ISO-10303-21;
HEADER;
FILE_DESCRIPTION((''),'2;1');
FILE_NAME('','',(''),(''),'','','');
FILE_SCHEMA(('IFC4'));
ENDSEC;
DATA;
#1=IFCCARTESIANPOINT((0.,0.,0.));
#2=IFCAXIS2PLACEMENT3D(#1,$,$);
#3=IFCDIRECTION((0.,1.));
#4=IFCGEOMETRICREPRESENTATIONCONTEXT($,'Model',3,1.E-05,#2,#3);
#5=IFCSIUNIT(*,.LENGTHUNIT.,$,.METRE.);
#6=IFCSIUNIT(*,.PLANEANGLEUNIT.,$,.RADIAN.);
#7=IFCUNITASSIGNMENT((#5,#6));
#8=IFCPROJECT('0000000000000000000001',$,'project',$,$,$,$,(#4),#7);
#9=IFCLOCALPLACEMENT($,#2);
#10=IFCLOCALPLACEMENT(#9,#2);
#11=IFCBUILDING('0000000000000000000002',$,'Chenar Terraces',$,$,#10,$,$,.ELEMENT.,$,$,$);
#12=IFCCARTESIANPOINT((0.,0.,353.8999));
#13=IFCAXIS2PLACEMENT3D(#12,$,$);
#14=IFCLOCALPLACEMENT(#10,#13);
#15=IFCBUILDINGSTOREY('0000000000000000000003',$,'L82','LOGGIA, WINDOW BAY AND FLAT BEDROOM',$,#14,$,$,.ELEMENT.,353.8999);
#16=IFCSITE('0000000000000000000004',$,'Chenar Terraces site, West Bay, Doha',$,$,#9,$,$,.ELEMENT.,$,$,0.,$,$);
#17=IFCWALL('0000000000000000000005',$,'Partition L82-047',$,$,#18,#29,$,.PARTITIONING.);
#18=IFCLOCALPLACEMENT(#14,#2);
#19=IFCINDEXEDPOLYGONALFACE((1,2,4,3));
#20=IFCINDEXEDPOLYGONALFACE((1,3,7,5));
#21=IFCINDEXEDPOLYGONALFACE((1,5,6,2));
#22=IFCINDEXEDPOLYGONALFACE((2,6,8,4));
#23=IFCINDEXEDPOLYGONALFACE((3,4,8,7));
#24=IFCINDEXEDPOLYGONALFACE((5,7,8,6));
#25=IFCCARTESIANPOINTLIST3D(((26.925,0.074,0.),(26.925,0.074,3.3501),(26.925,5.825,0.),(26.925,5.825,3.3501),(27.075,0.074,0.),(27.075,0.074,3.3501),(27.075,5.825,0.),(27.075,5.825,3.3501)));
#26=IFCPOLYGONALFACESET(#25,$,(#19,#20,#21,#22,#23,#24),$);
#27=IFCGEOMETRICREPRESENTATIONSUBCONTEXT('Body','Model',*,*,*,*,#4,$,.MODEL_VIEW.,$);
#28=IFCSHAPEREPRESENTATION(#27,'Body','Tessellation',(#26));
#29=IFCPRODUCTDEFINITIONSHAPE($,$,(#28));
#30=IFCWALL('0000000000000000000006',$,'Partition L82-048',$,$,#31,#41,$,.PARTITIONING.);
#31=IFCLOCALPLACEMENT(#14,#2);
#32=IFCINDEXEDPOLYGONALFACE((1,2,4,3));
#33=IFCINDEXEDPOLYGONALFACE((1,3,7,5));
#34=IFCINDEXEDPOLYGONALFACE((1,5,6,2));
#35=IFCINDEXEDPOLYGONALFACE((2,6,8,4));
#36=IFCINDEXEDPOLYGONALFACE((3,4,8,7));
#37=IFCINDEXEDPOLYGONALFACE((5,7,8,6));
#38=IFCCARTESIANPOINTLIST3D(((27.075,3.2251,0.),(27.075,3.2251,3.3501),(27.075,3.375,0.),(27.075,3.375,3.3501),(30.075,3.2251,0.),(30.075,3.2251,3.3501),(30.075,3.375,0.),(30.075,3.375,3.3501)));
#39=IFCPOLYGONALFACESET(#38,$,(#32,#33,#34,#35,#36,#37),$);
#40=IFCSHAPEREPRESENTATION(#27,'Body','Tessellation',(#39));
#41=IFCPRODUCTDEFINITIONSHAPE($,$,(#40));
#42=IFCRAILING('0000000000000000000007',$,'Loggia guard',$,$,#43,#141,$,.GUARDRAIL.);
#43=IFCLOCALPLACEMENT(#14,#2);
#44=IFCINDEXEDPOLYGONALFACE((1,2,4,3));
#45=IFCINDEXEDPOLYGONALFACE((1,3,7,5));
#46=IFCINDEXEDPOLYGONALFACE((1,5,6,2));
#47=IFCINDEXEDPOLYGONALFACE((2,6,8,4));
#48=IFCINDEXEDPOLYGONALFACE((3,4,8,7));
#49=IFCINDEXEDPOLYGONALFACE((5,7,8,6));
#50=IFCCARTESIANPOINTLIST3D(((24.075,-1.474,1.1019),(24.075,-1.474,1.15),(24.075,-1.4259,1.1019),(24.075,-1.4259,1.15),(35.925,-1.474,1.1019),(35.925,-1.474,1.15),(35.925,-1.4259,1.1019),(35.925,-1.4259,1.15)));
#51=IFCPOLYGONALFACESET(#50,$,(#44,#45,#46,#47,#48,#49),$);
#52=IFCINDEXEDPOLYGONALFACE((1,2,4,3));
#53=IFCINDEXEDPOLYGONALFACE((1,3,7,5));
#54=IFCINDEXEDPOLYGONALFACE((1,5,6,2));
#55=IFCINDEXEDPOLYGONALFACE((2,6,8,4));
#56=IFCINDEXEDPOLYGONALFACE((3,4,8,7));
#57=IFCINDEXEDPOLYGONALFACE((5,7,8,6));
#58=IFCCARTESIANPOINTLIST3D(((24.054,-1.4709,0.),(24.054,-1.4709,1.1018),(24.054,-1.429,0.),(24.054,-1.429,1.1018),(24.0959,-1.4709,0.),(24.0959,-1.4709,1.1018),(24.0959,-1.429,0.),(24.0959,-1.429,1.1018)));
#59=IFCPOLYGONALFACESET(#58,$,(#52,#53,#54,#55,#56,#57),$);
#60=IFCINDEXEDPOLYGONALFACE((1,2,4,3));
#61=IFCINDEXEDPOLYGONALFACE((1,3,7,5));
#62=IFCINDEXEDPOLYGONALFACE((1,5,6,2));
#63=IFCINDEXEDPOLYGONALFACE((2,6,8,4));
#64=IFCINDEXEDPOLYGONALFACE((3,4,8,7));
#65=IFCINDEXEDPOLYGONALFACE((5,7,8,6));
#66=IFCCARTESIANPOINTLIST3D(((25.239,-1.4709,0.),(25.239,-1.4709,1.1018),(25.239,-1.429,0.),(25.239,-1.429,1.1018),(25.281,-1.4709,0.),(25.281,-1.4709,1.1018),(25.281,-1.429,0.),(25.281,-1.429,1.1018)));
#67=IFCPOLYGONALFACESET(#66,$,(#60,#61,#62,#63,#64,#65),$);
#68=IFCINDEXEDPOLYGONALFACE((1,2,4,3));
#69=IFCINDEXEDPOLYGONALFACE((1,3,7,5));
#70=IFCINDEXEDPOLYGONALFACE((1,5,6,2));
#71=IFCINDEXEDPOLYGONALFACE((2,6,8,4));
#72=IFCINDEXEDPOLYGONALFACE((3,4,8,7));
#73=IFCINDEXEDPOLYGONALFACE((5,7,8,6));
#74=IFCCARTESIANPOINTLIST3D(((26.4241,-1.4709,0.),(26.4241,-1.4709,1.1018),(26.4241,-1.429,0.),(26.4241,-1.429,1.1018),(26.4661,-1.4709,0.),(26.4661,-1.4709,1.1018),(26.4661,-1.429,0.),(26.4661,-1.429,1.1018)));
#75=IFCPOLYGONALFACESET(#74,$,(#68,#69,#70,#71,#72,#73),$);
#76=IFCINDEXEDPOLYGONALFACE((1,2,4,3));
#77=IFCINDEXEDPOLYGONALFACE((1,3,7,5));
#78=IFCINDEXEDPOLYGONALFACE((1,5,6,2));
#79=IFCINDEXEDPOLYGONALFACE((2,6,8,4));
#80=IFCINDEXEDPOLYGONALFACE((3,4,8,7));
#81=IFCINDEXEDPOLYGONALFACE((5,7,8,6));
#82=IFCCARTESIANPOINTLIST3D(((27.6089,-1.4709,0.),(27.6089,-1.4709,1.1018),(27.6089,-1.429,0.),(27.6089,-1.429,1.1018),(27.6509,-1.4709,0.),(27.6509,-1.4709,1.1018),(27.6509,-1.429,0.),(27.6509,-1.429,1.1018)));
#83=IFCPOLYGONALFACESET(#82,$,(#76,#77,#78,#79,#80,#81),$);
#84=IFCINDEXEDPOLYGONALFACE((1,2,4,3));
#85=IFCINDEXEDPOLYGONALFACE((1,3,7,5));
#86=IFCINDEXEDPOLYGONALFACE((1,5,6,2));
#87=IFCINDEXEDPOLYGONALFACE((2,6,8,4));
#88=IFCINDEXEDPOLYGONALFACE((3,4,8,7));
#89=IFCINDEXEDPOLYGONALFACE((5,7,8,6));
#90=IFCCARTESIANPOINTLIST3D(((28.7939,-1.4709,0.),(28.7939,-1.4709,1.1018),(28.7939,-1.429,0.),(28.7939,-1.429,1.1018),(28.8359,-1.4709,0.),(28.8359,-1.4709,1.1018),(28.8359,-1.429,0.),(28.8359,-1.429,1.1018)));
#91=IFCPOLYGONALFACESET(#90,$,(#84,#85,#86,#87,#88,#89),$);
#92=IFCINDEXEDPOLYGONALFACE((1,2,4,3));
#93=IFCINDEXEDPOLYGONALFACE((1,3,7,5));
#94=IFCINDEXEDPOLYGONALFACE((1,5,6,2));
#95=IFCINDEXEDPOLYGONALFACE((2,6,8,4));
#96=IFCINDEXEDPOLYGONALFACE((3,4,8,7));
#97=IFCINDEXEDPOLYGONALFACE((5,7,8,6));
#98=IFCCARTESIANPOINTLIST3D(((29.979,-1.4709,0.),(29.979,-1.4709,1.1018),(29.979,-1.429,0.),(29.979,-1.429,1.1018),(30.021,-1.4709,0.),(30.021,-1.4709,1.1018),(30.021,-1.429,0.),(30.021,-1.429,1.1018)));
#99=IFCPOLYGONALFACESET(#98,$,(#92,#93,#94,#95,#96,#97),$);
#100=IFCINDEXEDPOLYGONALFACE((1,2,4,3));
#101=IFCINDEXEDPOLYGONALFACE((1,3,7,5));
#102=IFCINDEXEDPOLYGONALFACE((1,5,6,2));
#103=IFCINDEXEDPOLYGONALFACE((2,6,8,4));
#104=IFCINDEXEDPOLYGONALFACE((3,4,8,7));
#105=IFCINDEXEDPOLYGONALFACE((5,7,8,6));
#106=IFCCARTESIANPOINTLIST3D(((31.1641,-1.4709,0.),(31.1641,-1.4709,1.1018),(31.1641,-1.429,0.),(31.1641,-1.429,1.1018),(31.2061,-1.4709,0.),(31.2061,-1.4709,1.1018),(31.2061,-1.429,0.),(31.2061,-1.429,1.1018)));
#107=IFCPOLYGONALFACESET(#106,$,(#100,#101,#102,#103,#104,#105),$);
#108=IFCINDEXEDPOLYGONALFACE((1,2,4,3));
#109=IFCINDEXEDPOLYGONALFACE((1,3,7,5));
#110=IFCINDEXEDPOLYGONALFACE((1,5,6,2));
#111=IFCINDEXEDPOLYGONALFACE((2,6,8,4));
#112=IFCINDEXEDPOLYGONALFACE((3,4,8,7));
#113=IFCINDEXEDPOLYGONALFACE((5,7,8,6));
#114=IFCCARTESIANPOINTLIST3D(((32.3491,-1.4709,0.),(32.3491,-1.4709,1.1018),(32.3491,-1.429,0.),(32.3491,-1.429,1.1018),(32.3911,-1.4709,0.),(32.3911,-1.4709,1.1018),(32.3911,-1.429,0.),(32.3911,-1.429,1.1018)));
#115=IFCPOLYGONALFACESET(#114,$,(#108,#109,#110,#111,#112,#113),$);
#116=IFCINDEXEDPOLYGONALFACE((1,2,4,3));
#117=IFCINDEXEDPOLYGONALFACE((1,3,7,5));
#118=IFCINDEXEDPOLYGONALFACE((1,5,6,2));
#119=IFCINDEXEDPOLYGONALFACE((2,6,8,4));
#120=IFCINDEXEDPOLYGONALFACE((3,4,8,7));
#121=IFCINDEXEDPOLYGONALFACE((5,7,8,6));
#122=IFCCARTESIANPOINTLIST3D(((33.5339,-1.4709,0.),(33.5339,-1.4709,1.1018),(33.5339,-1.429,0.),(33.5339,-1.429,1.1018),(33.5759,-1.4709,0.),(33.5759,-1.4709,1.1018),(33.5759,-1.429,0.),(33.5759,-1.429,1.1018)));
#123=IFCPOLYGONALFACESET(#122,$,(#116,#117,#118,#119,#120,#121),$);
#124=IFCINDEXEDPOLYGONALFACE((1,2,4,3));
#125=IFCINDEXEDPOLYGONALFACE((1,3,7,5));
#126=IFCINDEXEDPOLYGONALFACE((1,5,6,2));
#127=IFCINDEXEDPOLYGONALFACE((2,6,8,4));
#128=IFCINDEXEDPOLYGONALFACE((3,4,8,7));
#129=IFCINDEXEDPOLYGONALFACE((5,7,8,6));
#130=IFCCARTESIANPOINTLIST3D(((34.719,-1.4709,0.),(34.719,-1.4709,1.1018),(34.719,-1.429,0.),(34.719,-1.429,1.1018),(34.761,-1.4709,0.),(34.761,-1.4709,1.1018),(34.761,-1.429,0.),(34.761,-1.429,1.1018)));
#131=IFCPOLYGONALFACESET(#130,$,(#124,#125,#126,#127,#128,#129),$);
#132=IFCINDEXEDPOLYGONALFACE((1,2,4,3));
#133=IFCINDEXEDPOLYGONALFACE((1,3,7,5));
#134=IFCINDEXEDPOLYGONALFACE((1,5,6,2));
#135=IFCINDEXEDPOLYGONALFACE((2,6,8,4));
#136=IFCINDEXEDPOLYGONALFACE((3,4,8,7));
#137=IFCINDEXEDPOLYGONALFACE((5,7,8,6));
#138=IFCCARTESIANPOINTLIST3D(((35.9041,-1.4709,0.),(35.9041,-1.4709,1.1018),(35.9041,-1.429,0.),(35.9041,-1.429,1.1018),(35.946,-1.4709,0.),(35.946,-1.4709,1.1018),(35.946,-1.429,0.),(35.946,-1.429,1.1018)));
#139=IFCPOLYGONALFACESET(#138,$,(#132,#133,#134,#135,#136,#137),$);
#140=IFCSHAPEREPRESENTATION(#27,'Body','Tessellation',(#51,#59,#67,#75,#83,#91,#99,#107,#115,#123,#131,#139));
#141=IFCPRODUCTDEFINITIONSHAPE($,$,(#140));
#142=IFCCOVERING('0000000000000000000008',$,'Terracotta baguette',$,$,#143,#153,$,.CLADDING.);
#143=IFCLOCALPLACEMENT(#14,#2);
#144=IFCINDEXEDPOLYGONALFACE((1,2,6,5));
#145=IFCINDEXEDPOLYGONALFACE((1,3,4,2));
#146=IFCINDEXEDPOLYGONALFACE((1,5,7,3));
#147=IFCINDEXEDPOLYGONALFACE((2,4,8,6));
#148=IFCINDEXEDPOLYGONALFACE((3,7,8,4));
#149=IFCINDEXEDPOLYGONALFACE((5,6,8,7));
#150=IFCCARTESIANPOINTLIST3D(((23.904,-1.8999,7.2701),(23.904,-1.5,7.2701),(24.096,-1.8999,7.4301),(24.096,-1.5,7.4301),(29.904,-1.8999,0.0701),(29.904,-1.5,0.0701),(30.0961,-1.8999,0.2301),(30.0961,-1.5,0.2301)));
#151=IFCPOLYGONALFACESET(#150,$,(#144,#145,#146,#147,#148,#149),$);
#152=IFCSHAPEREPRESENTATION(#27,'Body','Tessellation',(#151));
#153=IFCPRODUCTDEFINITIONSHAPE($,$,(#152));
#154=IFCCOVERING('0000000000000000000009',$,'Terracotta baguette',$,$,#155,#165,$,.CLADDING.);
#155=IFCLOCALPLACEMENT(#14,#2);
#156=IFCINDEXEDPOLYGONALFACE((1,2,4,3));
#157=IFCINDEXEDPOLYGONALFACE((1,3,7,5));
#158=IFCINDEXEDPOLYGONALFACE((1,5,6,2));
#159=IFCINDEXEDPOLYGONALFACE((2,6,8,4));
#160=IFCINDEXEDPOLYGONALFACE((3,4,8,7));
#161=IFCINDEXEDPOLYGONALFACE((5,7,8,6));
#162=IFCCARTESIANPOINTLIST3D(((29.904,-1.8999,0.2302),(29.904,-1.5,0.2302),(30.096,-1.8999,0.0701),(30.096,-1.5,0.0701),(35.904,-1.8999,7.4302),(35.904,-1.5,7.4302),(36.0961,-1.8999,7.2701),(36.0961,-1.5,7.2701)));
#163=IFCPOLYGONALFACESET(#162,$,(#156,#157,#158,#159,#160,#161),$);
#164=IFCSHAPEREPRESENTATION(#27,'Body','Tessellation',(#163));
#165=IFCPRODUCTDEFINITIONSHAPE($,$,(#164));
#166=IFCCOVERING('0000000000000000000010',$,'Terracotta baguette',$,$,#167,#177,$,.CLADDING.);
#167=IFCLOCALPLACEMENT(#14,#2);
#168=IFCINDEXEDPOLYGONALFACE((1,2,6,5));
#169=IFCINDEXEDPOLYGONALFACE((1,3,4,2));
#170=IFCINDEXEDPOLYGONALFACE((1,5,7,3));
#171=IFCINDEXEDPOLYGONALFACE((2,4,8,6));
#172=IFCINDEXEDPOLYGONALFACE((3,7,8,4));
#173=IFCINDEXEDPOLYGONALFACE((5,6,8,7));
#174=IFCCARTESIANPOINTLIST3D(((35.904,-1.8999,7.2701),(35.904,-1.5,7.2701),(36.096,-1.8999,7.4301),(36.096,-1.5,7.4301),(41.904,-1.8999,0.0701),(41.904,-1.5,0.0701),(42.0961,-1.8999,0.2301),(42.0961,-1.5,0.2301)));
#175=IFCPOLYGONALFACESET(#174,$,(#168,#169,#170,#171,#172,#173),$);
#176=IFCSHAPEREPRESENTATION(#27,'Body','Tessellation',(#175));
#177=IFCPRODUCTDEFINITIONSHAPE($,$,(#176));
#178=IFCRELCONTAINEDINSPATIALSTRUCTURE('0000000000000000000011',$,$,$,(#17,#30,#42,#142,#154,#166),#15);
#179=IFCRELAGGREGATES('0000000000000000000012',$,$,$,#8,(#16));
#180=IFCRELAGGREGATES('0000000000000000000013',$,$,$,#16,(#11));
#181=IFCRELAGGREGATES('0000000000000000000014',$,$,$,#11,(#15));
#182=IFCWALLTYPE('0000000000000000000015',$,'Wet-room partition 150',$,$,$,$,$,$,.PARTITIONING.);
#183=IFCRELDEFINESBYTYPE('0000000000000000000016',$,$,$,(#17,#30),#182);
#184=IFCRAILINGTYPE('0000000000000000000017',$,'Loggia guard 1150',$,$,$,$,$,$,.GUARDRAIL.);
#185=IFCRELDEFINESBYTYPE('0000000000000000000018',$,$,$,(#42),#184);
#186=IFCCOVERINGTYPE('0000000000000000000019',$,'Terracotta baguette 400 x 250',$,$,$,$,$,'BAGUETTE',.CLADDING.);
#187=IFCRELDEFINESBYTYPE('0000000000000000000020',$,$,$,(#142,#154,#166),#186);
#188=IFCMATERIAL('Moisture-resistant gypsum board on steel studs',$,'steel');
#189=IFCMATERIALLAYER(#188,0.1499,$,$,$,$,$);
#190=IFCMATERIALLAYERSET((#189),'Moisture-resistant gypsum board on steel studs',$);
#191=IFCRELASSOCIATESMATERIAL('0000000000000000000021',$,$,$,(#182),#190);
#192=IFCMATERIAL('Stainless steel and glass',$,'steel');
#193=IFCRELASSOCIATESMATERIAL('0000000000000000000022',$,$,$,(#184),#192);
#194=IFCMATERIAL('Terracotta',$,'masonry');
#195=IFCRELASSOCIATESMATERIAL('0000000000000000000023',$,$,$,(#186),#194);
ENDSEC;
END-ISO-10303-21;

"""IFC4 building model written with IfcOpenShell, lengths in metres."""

from ifc_helpers import new_model, si_unit, direction, frame, frame_2d, origin, origin_2d, place, context, subcontext, project, spatial, rectangle, extrude, material, layer, layer_set, material_profile, profile_set, type_object, element, save


model = new_model("IFC4")

# Units and contexts
model_context = context("Model", 3, precision=1e-05, world=origin(), true_north=direction((0.0, 1.0)))
body_context = subcontext(model_context, "Body", "Model", "MODEL_VIEW")
ifc_project = project(units=[si_unit("LENGTHUNIT", "METRE"), si_unit("PLANEANGLEUNIT", "RADIAN")], contexts=[model_context])

# Site, building, storey
site_placement = place(None, origin())
site = spatial("IfcSite", under=ifc_project, at=site_placement, Name="Chenar Terraces site, West Bay, Doha", CompositionType="ELEMENT", RefElevation=0.0)
building_placement = place(site_placement, origin())
building = spatial("IfcBuilding", under=site, at=building_placement, Name="Chenar Terraces", CompositionType="ELEMENT")
storey_placement = place(building_placement, frame((0.0, 0.0, 353.8999)))
storey = spatial("IfcBuildingStorey", under=building, at=storey_placement, Name="L82", Description="LOGGIA, WINDOW BAY AND FLAT BEDROOM", CompositionType="ELEMENT", Elevation=353.8999)

# Walls
ifc_material_1 = material(Name="Moisture-resistant gypsum board on steel studs", Category="steel")
ifc_layer_1 = layer(ifc_material_1, 0.1499)
ifc_layer_set_1 = layer_set([ifc_layer_1], Name="Moisture-resistant gypsum board on steel studs")
wall_type_1 = type_object("IfcWallType", Name="Wet-room partition 150", PredefinedType="PARTITIONING", material=ifc_layer_set_1)
wall_1_placement = place(storey_placement, frame((27.0, 0.074, 0.0), z_axis=(0.0, 0.0, 1.0), x_axis=(0.0, 1.0, 0.0)))
element("IfcWall", 1, at=wall_1_placement, inside=storey, type_object=wall_type_1, Name="Partition L82-047", PredefinedType="PARTITIONING", context=body_context, shape_type="SweptSolid", body=[
    extrude(rectangle(XDim=5.751, YDim=0.1499, at=frame_2d((2.8755, 0.0))), origin(), (0.0, 0.0, 1.0), 3.3501),
])
wall_2_placement = place(storey_placement, frame((27.075, 3.3, 0.0), z_axis=(0.0, 0.0, 1.0), x_axis=(1.0, 0.0, 0.0)))
element("IfcWall", 2, at=wall_2_placement, inside=storey, type_object=wall_type_1, Name="Partition L82-048", PredefinedType="PARTITIONING", context=body_context, shape_type="SweptSolid", body=[
    extrude(rectangle(XDim=3.0, YDim=0.1499, at=frame_2d((1.5, 0.0))), origin(), (0.0, 0.0, 1.0), 3.3501),
])

# Railing
ifc_material_2 = material(Name="Stainless steel and glass", Category="steel")
railing_type = type_object("IfcRailingType", Name="Loggia guard 1150", PredefinedType="GUARDRAIL", material=ifc_material_2)
railing_placement = place(storey_placement, frame((24.075, -1.45, 0.0)))
element("IfcRailing", 3, at=railing_placement, inside=storey, type_object=railing_type, Name="Loggia guard", PredefinedType="GUARDRAIL", context=body_context, shape_type="SweptSolid", body=[
    extrude(rectangle(XDim=0.0481, YDim=0.0481, at=origin_2d()), frame((0.0, 0.0, 1.126), z_axis=(1.0, 0.0, 0.0), x_axis=(0.0, 1.0, 0.0)), (0.0, 0.0, 1.0), 11.8501),
    extrude(rectangle(XDim=0.042, YDim=0.042, at=origin_2d()), origin(), (0.0, 0.0, 1.0), 1.1018),
    extrude(rectangle(XDim=0.042, YDim=0.042, at=origin_2d()), frame((1.1851, 0.0, 0.0)), (0.0, 0.0, 1.0), 1.1018),
    extrude(rectangle(XDim=0.042, YDim=0.042, at=origin_2d()), frame((2.3701, 0.0, 0.0)), (0.0, 0.0, 1.0), 1.1018),
    extrude(rectangle(XDim=0.042, YDim=0.042, at=origin_2d()), frame((3.5549, 0.0, 0.0)), (0.0, 0.0, 1.0), 1.1018),
    extrude(rectangle(XDim=0.042, YDim=0.042, at=origin_2d()), frame((4.74, 0.0, 0.0)), (0.0, 0.0, 1.0), 1.1018),
    extrude(rectangle(XDim=0.042, YDim=0.042, at=origin_2d()), frame((5.925, 0.0, 0.0)), (0.0, 0.0, 1.0), 1.1018),
    extrude(rectangle(XDim=0.042, YDim=0.042, at=origin_2d()), frame((7.1101, 0.0, 0.0)), (0.0, 0.0, 1.0), 1.1018),
    extrude(rectangle(XDim=0.042, YDim=0.042, at=origin_2d()), frame((8.2952, 0.0, 0.0)), (0.0, 0.0, 1.0), 1.1018),
    extrude(rectangle(XDim=0.042, YDim=0.042, at=origin_2d()), frame((9.48, 0.0, 0.0)), (0.0, 0.0, 1.0), 1.1018),
    extrude(rectangle(XDim=0.042, YDim=0.042, at=origin_2d()), frame((10.665, 0.0, 0.0)), (0.0, 0.0, 1.0), 1.1018),
    extrude(rectangle(XDim=0.042, YDim=0.042, at=origin_2d()), frame((11.8501, 0.0, 0.0)), (0.0, 0.0, 1.0), 1.1018),
])

# Coverings
ifc_material_3 = material(Name="Terracotta", Category="masonry")
ifc_material_profile_1 = material_profile(ifc_material_3, rectangle(XDim=0.3999, YDim=0.25, at=origin_2d()), Name="Terracotta baguette 400 x 250")
ifc_profile_set_1 = profile_set([ifc_material_profile_1], Name="Terracotta")
covering_type = type_object("IfcCoveringType", Name="Terracotta baguette 400 x 250", ElementType="BAGUETTE", PredefinedType="CLADDING", material=ifc_profile_set_1)
for number, where, z_axis, x_axis, name in (
    (4, (24.0, -1.7, 7.3501), (0.640187, 0.0, -0.768219), (0.0, 1.0, 0.0), "Terracotta baguette"),
    (5, (30.0, -1.7, 0.1501), (0.640187, 0.0, 0.768219), (0.0, 1.0, 0.0), "Terracotta baguette"),
    (6, (36.0, -1.7, 7.3501), (0.640187, 0.0, -0.768219), (0.0, 1.0, 0.0), "Terracotta baguette"),
):
    element("IfcCovering", number, at=place(storey_placement, frame(where, z_axis=z_axis, x_axis=x_axis)), inside=storey, type_object=covering_type, Name=name, PredefinedType="CLADDING", context=body_context, shape_type="SweptSolid", body=[
        extrude(rectangle(XDim=0.3999, YDim=0.25, at=origin_2d()), origin(), (0.0, 0.0, 1.0), 9.3723),
    ])

save(model, "model.ifc")
